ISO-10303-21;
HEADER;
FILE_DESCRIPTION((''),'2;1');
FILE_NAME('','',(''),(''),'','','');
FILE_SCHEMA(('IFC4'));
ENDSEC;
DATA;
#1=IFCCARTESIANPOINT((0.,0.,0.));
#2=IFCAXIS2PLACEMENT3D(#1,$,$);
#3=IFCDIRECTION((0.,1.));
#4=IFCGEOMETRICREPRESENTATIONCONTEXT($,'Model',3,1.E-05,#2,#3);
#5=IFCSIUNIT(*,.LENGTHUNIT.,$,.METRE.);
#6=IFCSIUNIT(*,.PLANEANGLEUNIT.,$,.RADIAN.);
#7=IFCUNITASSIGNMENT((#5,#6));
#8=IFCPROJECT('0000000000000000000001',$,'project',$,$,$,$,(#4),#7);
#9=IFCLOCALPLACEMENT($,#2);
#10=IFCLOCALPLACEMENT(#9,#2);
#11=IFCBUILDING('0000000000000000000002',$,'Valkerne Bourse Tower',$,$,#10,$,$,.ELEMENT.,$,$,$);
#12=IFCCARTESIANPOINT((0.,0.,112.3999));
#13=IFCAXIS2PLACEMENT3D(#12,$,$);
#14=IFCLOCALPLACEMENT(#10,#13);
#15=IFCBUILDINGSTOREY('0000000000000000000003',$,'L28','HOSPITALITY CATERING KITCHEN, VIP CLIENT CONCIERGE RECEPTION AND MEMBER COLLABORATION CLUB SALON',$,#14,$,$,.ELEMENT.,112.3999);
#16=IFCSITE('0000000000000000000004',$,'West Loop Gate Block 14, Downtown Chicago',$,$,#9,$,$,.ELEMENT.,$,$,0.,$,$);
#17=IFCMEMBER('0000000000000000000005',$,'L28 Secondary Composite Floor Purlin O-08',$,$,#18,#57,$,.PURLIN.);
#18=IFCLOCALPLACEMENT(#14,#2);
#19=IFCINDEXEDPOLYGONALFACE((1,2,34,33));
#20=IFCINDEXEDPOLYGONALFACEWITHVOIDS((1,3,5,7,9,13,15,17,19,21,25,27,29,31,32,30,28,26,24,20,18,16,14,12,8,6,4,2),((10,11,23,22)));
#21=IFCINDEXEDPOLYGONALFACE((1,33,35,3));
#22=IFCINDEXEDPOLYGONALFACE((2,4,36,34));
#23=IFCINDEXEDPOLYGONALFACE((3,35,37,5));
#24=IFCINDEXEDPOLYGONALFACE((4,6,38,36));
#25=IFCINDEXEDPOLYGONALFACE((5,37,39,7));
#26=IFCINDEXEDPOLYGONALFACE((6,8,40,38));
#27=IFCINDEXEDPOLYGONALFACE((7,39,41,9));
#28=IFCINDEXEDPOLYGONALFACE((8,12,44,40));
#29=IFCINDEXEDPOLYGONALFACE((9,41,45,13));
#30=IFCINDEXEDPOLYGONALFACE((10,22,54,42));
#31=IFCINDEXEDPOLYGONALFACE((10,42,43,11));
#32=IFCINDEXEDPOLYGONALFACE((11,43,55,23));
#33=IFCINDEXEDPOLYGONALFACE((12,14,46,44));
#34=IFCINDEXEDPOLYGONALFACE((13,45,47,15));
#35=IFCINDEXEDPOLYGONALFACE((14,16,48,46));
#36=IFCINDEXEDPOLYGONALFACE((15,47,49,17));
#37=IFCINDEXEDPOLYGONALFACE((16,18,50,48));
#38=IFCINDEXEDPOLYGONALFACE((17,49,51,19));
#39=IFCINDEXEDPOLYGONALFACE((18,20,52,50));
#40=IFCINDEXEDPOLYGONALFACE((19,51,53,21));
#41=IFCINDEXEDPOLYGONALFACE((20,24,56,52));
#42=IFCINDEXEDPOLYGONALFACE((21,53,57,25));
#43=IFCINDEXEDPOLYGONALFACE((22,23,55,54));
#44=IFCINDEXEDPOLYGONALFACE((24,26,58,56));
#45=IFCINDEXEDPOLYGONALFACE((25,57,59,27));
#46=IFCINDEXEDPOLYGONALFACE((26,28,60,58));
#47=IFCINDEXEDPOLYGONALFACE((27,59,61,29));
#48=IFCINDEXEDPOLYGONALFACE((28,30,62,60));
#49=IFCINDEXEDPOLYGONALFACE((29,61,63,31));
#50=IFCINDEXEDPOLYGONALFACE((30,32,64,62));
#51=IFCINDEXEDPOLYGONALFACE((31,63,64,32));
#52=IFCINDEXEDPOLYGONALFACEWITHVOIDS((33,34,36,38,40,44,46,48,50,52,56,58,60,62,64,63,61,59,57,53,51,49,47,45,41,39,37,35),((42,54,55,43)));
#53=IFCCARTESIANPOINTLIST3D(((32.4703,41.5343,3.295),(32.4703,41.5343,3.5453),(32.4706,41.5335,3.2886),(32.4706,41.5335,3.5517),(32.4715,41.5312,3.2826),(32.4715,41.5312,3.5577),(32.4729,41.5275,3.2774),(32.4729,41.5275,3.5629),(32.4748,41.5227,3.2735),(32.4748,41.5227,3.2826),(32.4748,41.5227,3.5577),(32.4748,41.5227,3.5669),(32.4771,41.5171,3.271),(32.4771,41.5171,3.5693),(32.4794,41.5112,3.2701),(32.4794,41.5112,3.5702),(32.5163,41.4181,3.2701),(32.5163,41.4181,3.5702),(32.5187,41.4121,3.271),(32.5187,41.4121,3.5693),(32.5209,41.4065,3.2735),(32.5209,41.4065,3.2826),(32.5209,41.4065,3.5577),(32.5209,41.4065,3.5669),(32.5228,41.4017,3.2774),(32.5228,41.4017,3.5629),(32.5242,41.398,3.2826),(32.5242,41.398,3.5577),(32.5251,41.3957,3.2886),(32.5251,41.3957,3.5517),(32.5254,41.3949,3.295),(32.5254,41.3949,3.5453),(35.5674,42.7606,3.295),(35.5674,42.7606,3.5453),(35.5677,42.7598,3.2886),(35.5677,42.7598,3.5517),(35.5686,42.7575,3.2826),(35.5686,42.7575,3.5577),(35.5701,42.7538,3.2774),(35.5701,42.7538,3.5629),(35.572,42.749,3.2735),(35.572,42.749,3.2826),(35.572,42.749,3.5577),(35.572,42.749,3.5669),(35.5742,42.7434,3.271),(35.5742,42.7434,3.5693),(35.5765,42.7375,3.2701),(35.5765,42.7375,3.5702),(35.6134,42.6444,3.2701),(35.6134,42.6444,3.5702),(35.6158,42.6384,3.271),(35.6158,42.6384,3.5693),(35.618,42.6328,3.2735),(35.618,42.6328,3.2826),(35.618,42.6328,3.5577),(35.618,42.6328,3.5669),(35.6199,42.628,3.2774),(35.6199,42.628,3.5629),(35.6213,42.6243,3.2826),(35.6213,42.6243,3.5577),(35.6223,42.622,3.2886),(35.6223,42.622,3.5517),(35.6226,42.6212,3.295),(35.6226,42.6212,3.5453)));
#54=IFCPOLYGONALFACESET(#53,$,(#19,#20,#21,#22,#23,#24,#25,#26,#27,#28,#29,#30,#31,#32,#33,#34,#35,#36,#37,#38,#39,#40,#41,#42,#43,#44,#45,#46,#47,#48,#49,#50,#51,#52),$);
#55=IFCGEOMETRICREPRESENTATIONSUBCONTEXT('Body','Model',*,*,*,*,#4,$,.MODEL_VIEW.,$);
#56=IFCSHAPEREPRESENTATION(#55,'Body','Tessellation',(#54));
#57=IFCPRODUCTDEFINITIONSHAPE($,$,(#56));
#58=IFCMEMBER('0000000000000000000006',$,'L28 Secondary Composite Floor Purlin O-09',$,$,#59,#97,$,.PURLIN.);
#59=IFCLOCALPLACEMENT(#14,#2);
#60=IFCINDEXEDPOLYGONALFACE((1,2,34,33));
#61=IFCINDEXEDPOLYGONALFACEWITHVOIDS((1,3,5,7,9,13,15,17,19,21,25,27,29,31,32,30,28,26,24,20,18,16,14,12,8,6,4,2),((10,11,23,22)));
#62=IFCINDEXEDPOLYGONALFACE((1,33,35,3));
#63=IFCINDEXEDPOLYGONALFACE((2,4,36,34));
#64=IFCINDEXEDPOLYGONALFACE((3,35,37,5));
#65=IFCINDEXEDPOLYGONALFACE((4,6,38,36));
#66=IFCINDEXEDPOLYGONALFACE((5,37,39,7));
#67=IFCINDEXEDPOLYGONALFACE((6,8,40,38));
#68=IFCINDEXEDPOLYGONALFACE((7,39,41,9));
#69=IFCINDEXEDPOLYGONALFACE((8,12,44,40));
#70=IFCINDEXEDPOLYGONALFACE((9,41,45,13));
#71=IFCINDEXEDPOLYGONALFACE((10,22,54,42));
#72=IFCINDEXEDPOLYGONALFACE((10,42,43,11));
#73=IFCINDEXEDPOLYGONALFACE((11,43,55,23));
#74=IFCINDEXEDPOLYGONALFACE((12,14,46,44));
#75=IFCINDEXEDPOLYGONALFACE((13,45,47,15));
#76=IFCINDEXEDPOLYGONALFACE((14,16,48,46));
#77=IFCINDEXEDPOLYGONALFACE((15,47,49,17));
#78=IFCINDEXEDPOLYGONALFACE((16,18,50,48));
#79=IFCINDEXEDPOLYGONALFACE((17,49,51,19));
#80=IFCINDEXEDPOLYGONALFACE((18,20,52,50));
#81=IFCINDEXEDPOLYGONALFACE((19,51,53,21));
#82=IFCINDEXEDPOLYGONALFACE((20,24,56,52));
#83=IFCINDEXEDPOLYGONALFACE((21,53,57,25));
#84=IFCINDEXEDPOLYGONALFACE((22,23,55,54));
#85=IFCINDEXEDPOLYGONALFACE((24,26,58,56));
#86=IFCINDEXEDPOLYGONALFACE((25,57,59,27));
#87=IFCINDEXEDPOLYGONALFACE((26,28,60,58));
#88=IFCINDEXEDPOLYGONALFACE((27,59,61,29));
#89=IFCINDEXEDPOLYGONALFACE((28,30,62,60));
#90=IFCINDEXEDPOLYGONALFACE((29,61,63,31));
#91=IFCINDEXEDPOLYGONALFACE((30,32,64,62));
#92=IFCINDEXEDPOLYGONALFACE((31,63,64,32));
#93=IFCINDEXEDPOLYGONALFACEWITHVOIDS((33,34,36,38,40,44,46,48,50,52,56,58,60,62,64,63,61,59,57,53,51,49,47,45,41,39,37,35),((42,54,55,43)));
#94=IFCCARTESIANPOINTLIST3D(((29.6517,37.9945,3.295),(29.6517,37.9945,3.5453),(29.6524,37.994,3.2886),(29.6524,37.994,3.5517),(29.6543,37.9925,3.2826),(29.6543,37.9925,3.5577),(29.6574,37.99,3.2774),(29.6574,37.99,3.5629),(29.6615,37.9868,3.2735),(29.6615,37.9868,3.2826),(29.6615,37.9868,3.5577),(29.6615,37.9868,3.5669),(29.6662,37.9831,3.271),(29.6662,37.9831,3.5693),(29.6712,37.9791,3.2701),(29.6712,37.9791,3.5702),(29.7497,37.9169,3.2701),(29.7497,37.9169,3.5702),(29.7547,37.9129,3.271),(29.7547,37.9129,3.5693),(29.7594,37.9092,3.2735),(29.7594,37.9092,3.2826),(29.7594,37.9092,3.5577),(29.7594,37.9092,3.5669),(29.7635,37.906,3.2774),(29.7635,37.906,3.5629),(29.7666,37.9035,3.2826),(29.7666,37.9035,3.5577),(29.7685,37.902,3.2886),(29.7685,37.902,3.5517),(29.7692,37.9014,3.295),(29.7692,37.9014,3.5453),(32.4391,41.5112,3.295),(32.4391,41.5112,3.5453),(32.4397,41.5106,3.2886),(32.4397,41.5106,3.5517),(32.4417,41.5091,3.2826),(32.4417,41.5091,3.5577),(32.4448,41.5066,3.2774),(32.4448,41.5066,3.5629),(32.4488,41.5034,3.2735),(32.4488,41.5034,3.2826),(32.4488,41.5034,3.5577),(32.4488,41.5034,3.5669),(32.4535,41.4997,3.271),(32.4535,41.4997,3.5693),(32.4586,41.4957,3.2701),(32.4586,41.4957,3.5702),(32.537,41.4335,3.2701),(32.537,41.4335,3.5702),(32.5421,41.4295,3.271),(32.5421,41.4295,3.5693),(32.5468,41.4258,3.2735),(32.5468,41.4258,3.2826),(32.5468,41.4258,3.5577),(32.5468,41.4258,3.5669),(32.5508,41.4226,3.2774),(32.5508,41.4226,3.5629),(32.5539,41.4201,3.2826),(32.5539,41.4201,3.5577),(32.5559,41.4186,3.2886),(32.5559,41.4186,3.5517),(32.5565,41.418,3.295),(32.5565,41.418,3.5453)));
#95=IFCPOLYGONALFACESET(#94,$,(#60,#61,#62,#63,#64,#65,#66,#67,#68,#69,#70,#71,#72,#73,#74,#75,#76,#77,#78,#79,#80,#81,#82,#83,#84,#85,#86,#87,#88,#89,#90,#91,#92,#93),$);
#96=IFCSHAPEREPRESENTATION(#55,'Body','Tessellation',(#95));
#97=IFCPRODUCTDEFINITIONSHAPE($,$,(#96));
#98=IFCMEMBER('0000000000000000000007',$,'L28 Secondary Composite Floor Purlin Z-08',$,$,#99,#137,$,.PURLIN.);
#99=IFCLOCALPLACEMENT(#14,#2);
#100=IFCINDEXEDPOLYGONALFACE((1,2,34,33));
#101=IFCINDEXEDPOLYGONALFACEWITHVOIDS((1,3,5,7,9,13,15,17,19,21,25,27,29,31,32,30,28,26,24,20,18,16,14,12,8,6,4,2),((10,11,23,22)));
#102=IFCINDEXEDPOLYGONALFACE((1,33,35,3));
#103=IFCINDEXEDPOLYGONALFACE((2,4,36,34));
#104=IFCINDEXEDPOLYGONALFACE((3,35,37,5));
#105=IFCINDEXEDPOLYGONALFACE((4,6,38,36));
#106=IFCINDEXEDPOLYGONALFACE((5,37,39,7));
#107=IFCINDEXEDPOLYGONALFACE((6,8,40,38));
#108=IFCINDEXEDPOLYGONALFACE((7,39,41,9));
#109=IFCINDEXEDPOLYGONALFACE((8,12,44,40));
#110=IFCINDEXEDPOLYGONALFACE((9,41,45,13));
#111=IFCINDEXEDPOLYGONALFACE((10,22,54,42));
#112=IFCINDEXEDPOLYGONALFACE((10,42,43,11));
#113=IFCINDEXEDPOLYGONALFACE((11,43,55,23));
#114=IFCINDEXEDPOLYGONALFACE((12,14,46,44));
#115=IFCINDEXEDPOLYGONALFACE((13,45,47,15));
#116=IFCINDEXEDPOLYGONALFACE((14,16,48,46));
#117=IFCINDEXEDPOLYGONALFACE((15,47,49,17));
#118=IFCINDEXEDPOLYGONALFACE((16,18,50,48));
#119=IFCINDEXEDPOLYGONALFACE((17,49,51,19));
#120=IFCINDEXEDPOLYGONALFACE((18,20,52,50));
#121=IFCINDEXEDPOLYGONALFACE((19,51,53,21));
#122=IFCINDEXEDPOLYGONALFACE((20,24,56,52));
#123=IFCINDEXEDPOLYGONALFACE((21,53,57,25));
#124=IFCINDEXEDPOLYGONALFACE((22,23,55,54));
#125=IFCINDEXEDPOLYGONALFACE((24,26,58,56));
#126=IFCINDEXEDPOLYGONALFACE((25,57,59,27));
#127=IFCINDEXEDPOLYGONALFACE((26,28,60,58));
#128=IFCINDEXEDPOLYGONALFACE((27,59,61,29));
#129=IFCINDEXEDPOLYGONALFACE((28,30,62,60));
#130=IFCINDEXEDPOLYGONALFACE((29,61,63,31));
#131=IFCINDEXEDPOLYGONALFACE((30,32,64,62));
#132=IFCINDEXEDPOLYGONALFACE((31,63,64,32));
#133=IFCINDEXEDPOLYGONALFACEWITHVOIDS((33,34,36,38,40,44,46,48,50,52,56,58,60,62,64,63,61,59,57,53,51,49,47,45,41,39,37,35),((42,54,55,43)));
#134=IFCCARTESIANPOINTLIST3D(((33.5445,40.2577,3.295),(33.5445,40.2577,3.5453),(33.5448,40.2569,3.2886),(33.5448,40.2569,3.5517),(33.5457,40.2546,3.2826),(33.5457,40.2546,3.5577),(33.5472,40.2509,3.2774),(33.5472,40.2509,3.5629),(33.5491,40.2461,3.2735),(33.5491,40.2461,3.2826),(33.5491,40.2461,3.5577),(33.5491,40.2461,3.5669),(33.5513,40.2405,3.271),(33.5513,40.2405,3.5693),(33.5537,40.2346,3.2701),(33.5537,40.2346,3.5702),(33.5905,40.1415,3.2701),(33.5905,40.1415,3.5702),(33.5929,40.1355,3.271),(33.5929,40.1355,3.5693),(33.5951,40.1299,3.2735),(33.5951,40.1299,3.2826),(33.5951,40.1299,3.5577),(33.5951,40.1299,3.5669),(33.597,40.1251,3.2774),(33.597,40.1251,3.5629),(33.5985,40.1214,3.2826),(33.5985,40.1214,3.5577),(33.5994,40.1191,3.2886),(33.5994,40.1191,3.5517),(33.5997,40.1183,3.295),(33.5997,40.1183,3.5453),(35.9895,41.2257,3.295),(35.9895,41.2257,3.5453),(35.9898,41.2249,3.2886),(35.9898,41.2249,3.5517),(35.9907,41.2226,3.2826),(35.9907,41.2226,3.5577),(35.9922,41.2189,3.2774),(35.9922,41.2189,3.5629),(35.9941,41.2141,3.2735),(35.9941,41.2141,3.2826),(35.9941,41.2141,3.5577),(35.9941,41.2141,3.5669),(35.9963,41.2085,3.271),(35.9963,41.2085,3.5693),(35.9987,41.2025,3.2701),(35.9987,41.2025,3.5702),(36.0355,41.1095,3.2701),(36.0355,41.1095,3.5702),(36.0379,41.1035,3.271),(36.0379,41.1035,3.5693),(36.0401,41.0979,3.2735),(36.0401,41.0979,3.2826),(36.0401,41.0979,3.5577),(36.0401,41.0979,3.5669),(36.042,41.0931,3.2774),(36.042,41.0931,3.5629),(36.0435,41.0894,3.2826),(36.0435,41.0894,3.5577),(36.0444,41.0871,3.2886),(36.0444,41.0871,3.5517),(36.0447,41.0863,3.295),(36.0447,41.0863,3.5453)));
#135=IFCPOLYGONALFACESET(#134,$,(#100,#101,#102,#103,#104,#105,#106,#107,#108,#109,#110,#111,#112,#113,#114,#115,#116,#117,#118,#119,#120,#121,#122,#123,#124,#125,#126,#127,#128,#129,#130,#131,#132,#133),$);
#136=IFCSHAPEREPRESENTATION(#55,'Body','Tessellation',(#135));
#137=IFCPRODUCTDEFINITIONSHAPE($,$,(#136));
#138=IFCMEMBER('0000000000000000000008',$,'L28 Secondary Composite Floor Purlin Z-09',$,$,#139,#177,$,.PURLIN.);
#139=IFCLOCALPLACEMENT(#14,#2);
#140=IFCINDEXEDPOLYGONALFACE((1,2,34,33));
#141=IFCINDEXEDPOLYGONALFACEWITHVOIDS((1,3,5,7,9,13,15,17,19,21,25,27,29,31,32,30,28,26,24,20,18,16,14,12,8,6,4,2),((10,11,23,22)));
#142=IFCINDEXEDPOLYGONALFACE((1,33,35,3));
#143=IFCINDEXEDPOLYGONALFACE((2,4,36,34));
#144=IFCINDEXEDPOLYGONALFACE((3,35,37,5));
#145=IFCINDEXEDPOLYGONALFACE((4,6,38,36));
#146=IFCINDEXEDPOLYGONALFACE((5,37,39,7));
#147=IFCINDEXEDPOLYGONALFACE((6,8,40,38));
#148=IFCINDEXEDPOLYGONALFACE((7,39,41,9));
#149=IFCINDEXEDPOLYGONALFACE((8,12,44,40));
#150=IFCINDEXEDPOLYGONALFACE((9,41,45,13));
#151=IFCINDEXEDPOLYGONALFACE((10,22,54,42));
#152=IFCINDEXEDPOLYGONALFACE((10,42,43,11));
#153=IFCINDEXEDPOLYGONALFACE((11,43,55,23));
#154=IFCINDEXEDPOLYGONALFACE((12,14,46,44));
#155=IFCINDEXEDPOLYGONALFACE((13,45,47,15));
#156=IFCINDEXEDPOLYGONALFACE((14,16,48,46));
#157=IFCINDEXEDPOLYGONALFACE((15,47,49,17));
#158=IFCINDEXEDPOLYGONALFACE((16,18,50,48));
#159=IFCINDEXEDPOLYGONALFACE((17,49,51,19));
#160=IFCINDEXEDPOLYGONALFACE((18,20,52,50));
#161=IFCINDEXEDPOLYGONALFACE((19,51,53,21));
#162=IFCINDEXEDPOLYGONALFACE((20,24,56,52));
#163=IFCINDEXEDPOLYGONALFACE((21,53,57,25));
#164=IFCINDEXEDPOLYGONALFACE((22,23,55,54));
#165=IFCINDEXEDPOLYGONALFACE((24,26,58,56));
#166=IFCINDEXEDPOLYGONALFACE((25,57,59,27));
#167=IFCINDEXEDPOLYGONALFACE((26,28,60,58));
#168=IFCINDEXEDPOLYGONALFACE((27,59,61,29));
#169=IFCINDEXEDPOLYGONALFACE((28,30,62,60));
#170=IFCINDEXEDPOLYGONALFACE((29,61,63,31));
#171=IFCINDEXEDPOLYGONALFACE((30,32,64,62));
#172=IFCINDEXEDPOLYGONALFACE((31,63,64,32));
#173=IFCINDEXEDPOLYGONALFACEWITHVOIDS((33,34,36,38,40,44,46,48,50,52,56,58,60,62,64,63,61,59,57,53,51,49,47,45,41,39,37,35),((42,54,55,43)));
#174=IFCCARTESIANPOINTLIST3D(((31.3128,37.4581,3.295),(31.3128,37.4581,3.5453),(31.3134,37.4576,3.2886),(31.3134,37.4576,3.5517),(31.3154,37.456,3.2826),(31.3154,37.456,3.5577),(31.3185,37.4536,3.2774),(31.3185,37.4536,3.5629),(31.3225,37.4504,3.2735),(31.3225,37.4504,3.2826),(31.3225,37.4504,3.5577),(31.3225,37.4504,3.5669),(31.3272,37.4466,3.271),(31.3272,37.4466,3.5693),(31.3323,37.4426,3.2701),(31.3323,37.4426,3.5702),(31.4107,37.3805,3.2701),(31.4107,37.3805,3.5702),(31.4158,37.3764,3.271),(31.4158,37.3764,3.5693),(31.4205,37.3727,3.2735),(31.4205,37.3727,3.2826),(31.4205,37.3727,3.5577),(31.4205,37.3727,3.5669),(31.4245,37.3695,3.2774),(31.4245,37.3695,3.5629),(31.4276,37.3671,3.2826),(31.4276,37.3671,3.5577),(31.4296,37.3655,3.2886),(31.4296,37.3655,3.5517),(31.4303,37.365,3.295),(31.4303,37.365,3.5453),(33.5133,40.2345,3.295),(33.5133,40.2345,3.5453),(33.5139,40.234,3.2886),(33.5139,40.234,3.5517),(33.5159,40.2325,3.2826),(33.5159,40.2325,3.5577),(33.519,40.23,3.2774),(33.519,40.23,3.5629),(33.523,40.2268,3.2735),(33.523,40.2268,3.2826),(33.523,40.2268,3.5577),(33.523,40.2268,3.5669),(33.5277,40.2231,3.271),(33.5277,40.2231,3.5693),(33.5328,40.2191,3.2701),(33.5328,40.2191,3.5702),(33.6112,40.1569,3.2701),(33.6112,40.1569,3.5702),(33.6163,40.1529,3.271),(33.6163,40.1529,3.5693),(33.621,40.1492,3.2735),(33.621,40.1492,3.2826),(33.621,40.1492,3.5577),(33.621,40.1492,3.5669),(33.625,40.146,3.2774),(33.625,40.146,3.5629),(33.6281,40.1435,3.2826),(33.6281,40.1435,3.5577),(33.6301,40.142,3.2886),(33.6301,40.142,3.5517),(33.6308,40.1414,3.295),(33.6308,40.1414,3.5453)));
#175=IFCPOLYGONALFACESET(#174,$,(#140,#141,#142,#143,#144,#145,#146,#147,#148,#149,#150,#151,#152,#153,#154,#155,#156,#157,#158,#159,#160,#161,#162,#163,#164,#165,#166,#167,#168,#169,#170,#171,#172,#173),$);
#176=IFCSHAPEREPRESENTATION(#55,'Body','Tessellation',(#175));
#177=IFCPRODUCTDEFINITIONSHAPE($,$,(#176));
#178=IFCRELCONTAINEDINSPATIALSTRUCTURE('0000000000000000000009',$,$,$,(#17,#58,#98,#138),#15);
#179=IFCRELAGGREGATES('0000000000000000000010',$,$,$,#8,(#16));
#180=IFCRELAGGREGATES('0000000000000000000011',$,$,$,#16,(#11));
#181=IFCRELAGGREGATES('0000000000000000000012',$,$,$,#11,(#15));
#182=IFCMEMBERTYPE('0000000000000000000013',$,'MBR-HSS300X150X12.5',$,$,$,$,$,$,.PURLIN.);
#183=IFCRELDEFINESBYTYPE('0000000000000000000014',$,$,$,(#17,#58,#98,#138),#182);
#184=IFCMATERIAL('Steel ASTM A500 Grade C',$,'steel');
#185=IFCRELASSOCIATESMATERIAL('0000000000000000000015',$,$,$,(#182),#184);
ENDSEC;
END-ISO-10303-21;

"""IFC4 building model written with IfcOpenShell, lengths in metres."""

from ifc_helpers import new_model, si_unit, direction, frame, origin, origin_2d, place, context, subcontext, project, spatial, hollow_rectangle, extrude, material, material_profile, profile_set, type_object, element, save


model = new_model("IFC4")

# Units and contexts
model_context = context("Model", 3, precision=1e-05, world=origin(), true_north=direction((0.0, 1.0)))
body_context = subcontext(model_context, "Body", "Model", "MODEL_VIEW")
ifc_project = project(units=[si_unit("LENGTHUNIT", "METRE"), si_unit("PLANEANGLEUNIT", "RADIAN")], contexts=[model_context])

# Site, building, storey
site_placement = place(None, origin())
site = spatial("IfcSite", under=ifc_project, at=site_placement, Name="West Loop Gate Block 14, Downtown Chicago", CompositionType="ELEMENT", RefElevation=0.0)
building_placement = place(site_placement, origin())
building = spatial("IfcBuilding", under=site, at=building_placement, Name="Valkerne Bourse Tower", CompositionType="ELEMENT")
storey_placement = place(building_placement, frame((0.0, 0.0, 112.3999)))
storey = spatial("IfcBuildingStorey", under=building, at=storey_placement, Name="L28", Description="HOSPITALITY CATERING KITCHEN, VIP CLIENT CONCIERGE RECEPTION AND MEMBER COLLABORATION CLUB SALON", CompositionType="ELEMENT", Elevation=112.3999)

# Members
ifc_material_1 = material(Name="Steel ASTM A500 Grade C", Category="steel")
ifc_material_profile_1 = material_profile(ifc_material_1, hollow_rectangle(XDim=0.1499, YDim=0.3, WallThickness=0.0125, OuterFilletRadius=0.0249, at=origin_2d()), Name="HSS300X150X12.5")
ifc_profile_set_1 = profile_set([ifc_material_profile_1], Name="Steel ASTM A500 Grade C")
member_type_1 = type_object("IfcMemberType", Name="MBR-HSS300X150X12.5", PredefinedType="PURLIN", material=ifc_profile_set_1)
member_1_placement = place(storey_placement, frame((35.595, 42.6909, 3.4202), z_axis=(-0.92977, -0.368141, 0.0), x_axis=(0.368141, -0.92977, 0.0)))
element("IfcMember", 1, at=member_1_placement, inside=storey, type_object=member_type_1, Name="L28 Secondary Composite Floor Purlin O-08", PredefinedType="PURLIN", context=body_context, shape_type="SweptSolid", body=[
    extrude(hollow_rectangle(XDim=0.1499, YDim=0.3, WallThickness=0.0125, OuterFilletRadius=0.0249, at=origin_2d()), origin(), (0.0, 0.0, 1.0), 3.3311),
])
member_2_placement = place(storey_placement, frame((32.4978, 41.4646, 3.4202), z_axis=(-0.621165, -0.783679, 0.0), x_axis=(0.783679, -0.621165, 0.0)))
element("IfcMember", 2, at=member_2_placement, inside=storey, type_object=member_type_1, Name="L28 Secondary Composite Floor Purlin O-09", PredefinedType="PURLIN", context=body_context, shape_type="SweptSolid", body=[
    extrude(hollow_rectangle(XDim=0.1499, YDim=0.3, WallThickness=0.0125, OuterFilletRadius=0.0249, at=origin_2d()), origin(), (0.0, 0.0, 1.0), 4.4873),
])
member_3_placement = place(storey_placement, frame((36.0171, 41.156, 3.4202), z_axis=(-0.929783, -0.368107, 0.0), x_axis=(0.368107, -0.929783, 0.0)))
element("IfcMember", 3, at=member_3_placement, inside=storey, type_object=member_type_1, Name="L28 Secondary Composite Floor Purlin Z-08", PredefinedType="PURLIN", context=body_context, shape_type="SweptSolid", body=[
    extrude(hollow_rectangle(XDim=0.1499, YDim=0.3, WallThickness=0.0125, OuterFilletRadius=0.0249, at=origin_2d()), origin(), (0.0, 0.0, 1.0), 2.6296),
])
member_4_placement = place(storey_placement, frame((33.572, 40.188, 3.4202), z_axis=(-0.621134, -0.783705, 0.0), x_axis=(0.783705, -0.621134, 0.0)))
element("IfcMember", 4, at=member_4_placement, inside=storey, type_object=member_type_1, Name="L28 Secondary Composite Floor Purlin Z-09", PredefinedType="PURLIN", context=body_context, shape_type="SweptSolid", body=[
    extrude(hollow_rectangle(XDim=0.1499, YDim=0.3, WallThickness=0.0125, OuterFilletRadius=0.0249, at=origin_2d()), origin(), (0.0, 0.0, 1.0), 3.5427),
])

save(model, "model.ifc")
